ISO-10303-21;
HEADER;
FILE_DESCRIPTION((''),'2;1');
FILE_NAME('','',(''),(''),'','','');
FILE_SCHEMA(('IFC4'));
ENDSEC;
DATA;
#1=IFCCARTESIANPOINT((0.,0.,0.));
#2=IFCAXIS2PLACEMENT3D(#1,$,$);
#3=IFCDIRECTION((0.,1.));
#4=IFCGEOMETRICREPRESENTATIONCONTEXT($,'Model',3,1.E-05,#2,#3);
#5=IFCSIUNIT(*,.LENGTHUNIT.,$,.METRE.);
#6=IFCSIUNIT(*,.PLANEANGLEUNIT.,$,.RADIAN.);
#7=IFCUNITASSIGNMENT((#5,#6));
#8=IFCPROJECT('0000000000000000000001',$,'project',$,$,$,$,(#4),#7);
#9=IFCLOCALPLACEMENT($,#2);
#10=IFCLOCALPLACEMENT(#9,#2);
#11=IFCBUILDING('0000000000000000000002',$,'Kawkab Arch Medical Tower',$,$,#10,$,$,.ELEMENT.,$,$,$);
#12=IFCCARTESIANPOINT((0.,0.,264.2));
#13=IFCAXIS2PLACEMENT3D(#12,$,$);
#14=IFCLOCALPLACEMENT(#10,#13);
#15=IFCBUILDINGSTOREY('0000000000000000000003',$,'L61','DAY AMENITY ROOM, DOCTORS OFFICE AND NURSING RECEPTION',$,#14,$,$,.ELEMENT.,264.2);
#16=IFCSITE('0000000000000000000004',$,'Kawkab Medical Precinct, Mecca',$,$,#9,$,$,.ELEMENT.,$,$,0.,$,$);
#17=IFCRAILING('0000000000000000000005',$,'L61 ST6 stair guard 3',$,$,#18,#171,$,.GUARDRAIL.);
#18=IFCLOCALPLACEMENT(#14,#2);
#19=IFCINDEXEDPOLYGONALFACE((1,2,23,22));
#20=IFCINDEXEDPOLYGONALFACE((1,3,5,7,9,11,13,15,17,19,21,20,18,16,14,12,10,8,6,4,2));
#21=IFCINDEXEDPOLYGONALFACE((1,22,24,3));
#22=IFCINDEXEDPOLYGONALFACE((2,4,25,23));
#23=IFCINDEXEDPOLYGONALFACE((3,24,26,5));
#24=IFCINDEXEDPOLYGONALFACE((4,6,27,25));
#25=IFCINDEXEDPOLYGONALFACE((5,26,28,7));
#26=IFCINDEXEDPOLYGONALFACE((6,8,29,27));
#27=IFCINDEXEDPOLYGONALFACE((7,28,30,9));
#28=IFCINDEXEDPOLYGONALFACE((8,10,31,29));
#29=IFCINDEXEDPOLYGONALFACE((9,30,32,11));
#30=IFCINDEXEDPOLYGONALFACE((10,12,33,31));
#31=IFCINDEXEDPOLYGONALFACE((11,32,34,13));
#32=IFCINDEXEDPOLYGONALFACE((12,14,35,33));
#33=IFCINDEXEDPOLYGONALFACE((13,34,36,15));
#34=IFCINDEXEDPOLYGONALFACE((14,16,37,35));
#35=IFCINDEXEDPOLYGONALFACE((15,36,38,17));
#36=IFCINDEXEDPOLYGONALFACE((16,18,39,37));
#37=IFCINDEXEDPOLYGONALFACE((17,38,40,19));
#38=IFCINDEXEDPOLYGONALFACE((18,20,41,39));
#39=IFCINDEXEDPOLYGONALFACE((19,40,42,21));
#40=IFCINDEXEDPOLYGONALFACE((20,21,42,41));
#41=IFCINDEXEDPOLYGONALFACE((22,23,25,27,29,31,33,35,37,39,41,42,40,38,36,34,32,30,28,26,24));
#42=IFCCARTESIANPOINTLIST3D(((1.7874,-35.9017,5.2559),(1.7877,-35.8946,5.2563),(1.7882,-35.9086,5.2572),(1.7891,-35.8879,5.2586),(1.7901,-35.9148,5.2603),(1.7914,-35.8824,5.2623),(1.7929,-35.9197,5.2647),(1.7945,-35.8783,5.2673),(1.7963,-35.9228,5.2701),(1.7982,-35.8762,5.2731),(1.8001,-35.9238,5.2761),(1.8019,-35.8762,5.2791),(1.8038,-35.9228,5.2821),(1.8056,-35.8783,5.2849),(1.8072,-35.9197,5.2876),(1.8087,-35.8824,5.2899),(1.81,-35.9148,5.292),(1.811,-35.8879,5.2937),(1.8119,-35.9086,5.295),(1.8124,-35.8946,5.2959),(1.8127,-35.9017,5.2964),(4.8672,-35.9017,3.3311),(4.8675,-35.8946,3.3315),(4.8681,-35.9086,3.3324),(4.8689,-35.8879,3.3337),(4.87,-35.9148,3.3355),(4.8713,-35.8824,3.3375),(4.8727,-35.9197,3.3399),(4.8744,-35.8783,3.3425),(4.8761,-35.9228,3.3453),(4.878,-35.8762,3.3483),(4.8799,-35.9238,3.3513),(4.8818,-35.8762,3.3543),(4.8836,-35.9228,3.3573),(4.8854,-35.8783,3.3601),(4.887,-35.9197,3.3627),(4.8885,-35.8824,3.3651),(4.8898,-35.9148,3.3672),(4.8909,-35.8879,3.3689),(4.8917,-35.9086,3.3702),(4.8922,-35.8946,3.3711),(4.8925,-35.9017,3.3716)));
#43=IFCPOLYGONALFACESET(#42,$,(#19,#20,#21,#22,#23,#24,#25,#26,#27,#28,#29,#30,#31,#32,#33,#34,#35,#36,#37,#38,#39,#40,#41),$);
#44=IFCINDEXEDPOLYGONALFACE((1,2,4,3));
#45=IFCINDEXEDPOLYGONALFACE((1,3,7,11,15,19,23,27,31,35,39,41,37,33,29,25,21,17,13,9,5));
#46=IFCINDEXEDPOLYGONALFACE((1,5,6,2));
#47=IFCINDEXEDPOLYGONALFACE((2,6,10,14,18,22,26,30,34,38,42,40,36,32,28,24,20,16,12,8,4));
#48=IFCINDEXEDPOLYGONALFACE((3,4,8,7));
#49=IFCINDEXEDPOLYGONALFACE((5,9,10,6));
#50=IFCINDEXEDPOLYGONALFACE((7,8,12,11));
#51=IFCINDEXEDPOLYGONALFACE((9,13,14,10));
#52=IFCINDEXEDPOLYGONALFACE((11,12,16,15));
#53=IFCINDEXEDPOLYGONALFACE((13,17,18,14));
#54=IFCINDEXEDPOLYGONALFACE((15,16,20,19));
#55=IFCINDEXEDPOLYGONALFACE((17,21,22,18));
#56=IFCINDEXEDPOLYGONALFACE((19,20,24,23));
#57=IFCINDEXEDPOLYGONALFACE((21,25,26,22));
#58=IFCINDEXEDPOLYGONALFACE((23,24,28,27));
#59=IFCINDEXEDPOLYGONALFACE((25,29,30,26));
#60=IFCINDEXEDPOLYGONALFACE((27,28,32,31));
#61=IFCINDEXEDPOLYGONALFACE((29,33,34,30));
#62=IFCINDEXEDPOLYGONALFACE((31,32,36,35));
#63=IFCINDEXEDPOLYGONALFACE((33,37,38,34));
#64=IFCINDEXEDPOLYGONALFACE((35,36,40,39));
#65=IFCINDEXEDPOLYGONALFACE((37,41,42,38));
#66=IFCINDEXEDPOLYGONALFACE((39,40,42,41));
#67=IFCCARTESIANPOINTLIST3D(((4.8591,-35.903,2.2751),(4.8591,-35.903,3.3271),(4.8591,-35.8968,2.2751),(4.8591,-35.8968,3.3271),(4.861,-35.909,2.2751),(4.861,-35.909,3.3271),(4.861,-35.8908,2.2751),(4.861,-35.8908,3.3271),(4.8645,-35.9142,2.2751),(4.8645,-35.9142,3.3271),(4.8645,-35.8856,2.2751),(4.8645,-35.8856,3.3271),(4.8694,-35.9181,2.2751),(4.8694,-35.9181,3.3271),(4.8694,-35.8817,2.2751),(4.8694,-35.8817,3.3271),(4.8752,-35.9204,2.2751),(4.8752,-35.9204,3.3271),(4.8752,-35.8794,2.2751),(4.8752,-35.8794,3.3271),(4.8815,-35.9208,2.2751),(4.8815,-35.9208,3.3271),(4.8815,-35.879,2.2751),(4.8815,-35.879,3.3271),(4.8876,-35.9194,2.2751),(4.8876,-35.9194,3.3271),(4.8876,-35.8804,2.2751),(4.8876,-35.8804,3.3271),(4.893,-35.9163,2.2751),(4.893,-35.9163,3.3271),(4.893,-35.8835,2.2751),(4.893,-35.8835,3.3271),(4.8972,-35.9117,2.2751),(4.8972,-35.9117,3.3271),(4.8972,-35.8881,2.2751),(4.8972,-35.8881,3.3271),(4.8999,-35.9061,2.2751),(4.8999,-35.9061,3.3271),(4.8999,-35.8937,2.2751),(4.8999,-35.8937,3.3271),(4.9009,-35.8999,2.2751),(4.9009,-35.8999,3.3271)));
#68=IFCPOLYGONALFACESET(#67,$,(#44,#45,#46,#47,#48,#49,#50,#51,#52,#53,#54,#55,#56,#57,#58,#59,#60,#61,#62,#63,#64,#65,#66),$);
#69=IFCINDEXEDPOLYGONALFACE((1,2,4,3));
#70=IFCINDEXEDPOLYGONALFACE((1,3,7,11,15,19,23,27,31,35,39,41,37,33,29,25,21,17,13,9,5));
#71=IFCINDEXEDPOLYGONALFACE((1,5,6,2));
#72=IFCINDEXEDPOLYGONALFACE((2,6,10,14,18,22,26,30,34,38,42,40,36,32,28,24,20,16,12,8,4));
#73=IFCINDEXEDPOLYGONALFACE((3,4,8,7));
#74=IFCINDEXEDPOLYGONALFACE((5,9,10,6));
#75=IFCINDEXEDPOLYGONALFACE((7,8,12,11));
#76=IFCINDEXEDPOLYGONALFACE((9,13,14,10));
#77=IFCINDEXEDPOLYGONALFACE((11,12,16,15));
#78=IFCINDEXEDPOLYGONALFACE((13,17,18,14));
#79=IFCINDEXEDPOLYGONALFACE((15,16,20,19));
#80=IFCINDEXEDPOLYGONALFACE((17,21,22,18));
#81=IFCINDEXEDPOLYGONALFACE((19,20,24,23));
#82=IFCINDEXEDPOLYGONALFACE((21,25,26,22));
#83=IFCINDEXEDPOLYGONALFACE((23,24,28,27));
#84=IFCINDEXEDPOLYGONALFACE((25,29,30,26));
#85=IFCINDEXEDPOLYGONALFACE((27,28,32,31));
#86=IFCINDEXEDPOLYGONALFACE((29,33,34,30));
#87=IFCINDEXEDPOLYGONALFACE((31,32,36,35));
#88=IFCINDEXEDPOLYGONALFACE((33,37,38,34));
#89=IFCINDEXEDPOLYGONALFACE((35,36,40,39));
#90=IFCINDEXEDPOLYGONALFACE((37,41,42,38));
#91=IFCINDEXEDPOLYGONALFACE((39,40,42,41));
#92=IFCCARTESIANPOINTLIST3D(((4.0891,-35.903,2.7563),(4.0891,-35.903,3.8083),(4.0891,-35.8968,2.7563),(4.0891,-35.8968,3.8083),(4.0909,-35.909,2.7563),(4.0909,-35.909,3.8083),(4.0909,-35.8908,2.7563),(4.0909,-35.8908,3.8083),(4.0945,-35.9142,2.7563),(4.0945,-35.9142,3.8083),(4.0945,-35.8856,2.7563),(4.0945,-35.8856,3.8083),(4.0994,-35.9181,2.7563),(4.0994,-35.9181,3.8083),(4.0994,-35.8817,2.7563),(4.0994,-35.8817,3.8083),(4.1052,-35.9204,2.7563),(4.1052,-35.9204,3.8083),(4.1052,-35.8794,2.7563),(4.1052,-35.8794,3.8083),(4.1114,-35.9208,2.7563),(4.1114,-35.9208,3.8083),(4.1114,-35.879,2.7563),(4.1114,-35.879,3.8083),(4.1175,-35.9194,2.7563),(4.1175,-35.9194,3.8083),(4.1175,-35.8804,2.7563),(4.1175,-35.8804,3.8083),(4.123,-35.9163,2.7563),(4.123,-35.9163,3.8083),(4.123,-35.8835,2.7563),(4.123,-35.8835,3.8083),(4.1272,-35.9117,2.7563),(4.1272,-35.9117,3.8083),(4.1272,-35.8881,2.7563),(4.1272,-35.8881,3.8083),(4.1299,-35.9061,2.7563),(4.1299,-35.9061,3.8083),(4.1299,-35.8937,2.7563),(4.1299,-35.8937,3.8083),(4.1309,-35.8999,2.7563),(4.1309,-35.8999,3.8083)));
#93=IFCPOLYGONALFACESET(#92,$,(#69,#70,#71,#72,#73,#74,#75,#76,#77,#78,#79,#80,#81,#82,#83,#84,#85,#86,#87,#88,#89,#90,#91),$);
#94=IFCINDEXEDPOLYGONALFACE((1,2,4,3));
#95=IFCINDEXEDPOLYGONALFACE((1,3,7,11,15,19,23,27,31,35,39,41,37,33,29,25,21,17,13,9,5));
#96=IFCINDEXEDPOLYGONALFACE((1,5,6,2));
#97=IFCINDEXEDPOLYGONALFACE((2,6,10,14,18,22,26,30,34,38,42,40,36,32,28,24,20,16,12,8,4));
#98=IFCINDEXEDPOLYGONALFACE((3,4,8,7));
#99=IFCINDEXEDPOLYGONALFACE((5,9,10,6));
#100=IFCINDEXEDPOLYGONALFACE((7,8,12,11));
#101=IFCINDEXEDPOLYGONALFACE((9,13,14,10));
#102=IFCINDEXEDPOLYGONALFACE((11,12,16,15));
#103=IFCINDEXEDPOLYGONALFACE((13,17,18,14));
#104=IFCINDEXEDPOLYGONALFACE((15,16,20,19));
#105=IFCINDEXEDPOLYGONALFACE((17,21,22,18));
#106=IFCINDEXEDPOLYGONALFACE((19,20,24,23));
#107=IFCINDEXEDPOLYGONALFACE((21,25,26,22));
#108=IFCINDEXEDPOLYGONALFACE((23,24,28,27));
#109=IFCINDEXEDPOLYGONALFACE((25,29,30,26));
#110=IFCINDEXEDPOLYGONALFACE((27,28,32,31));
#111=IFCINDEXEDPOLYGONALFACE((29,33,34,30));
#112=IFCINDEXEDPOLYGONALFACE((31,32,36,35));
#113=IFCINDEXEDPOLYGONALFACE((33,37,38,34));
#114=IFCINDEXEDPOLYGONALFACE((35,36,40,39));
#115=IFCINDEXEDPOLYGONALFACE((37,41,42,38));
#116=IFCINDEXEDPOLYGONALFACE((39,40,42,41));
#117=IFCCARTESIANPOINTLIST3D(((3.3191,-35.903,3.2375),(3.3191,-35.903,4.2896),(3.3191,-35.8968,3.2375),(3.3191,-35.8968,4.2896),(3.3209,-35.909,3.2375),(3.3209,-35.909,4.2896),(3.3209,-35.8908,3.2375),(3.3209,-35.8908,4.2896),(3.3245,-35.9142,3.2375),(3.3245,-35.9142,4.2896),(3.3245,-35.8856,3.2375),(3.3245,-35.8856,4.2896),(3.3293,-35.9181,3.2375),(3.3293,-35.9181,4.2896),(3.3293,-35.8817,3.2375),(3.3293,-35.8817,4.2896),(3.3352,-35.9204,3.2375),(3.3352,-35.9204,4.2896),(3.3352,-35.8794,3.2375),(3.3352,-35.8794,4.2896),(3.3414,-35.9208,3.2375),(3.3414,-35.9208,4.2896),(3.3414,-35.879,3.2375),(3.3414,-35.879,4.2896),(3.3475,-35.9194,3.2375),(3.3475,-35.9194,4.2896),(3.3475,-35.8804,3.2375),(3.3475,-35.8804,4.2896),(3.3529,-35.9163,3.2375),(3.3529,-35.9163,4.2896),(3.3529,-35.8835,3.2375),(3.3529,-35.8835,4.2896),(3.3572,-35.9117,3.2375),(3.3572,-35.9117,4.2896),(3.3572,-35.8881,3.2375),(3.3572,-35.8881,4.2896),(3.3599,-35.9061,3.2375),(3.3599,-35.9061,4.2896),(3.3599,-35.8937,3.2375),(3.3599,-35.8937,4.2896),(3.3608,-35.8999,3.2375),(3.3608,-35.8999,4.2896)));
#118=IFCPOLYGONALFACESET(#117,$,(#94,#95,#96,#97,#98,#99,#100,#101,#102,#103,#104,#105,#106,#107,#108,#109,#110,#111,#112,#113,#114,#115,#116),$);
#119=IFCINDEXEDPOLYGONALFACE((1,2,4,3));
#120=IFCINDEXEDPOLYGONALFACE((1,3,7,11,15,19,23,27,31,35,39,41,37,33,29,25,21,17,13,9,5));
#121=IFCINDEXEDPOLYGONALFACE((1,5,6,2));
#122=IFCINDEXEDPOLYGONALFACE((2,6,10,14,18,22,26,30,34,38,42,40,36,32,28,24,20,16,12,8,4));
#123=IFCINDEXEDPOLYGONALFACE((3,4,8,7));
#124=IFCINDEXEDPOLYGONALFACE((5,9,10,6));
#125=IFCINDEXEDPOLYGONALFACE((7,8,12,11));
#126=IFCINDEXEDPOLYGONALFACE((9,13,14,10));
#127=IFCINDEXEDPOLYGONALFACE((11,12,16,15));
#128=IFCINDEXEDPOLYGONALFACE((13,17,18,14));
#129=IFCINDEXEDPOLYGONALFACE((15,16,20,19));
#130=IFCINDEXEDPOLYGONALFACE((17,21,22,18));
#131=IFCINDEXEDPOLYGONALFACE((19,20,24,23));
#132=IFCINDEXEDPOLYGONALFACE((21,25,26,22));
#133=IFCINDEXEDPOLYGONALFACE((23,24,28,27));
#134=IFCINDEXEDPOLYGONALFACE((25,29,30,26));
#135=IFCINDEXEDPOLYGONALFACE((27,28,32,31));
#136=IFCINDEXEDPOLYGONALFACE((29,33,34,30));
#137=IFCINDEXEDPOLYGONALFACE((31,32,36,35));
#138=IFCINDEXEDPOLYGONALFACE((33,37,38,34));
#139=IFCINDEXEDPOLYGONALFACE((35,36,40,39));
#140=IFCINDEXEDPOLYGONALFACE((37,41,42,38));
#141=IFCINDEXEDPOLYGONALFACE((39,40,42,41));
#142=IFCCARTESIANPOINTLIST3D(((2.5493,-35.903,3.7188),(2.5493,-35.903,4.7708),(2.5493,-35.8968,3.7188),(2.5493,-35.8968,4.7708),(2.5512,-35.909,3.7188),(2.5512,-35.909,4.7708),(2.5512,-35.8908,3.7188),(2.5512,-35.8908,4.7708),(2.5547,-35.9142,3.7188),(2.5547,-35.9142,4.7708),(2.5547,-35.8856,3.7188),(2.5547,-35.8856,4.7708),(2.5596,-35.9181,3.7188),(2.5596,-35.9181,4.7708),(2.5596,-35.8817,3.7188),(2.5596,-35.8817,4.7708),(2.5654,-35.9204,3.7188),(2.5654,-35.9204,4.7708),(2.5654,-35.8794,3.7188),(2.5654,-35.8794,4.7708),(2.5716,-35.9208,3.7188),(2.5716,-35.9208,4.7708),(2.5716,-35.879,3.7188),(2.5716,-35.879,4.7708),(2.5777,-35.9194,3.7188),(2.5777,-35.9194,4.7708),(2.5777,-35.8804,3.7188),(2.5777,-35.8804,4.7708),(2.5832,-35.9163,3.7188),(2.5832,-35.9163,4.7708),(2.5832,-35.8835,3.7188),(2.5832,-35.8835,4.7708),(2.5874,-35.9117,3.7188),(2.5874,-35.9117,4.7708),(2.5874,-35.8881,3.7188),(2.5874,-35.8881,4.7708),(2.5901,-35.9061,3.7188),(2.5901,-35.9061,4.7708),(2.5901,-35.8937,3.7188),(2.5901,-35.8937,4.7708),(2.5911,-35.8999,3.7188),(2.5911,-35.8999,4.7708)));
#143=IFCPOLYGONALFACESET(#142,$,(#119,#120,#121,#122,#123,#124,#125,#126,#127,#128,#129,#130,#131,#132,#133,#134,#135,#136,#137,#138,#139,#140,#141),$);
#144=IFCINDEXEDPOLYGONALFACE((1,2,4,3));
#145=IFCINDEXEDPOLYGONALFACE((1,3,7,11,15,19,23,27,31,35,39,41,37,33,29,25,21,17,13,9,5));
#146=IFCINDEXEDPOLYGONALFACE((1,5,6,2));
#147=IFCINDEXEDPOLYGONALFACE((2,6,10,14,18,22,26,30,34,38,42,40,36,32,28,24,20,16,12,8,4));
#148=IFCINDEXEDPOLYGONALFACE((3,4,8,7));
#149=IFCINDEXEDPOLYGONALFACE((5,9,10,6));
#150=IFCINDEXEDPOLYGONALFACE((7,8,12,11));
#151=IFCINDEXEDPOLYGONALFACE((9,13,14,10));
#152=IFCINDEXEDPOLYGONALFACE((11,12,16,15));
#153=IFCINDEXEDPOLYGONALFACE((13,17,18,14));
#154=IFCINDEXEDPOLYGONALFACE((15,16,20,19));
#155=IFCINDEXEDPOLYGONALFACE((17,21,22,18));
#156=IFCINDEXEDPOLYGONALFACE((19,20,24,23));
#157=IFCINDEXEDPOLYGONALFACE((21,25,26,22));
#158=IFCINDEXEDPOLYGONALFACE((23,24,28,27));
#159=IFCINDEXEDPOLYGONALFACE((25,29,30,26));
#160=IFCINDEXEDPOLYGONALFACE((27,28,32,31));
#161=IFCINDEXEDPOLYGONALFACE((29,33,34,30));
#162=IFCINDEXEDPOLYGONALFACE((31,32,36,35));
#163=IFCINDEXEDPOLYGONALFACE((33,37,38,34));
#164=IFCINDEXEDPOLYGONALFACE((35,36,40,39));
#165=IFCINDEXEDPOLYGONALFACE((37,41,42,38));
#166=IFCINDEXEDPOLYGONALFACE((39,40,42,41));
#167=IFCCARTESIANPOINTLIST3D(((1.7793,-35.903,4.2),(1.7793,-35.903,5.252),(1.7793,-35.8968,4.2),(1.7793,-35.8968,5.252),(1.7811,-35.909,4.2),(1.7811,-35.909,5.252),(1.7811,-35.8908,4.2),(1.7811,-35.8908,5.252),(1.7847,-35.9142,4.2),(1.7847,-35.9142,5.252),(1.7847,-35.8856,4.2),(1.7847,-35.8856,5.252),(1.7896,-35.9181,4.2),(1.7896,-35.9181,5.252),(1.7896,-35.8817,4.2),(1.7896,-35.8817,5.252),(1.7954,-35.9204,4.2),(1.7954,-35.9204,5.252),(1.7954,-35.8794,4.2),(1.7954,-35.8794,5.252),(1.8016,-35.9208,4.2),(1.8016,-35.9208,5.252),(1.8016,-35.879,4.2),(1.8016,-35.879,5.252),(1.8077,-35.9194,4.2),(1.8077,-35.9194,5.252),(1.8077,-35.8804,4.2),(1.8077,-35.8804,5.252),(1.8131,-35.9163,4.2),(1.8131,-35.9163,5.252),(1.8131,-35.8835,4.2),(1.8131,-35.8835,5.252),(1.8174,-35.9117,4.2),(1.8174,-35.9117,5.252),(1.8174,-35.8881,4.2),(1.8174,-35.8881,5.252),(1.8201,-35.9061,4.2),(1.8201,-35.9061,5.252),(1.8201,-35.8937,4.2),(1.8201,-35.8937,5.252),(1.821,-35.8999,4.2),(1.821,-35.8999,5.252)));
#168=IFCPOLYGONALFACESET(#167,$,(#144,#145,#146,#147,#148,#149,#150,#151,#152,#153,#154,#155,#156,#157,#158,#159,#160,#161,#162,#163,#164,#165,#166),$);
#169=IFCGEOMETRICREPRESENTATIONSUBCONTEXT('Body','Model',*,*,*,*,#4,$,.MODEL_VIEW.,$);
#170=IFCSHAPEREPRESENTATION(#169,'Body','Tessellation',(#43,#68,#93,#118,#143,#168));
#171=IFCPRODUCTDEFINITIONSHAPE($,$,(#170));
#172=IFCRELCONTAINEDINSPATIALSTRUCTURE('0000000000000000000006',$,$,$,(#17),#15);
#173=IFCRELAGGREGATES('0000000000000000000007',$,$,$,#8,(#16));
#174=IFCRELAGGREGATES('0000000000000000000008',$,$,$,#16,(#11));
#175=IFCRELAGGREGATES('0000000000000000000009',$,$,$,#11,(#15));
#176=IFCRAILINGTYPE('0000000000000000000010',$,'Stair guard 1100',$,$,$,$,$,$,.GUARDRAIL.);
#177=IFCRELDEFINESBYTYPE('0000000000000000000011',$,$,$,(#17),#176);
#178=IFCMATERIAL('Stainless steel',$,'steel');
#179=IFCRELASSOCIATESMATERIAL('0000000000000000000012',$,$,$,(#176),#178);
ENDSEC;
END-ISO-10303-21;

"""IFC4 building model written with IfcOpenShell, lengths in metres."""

from ifc_helpers import new_model, si_unit, direction, frame, origin, origin_2d, place, context, subcontext, project, spatial, circle, extrude, material, type_object, element, save


model = new_model("IFC4")

# Units and contexts
model_context = context("Model", 3, precision=1e-05, world=origin(), true_north=direction((0.0, 1.0)))
body_context = subcontext(model_context, "Body", "Model", "MODEL_VIEW")
ifc_project = project(units=[si_unit("LENGTHUNIT", "METRE"), si_unit("PLANEANGLEUNIT", "RADIAN")], contexts=[model_context])

# Site, building, storey
site_placement = place(None, origin())
site = spatial("IfcSite", under=ifc_project, at=site_placement, Name="Kawkab Medical Precinct, Mecca", CompositionType="ELEMENT", RefElevation=0.0)
building_placement = place(site_placement, origin())
building = spatial("IfcBuilding", under=site, at=building_placement, Name="Kawkab Arch Medical Tower", CompositionType="ELEMENT")
storey_placement = place(building_placement, frame((0.0, 0.0, 264.2)))
storey = spatial("IfcBuildingStorey", under=building, at=storey_placement, Name="L61", Description="DAY AMENITY ROOM, DOCTORS OFFICE AND NURSING RECEPTION", CompositionType="ELEMENT", Elevation=264.2)

# Railing
ifc_material_1 = material(Name="Stainless steel", Category="steel")
railing_type = type_object("IfcRailingType", Name="Stair guard 1100", PredefinedType="GUARDRAIL", material=ifc_material_1)
railing_1_placement = place(storey_placement, frame((4.8799, -35.8999, 2.2751)))
element("IfcRailing", 1, at=railing_1_placement, inside=storey, type_object=railing_type, Name="L61 ST6 stair guard 3", PredefinedType="GUARDRAIL", context=body_context, shape_type="SweptSolid", body=[
    extrude(circle(Radius=0.0239, at=origin_2d()), frame((0.0, 0.0, 1.0762), z_axis=(-0.84801, 0.0, 0.529981), x_axis=(0.0, -1.0, 0.0)), (0.0, 0.0, 1.0), 3.6318),
    extrude(circle(Radius=0.021, at=origin_2d()), origin(), (0.0, 0.0, 1.0), 1.052),
    extrude(circle(Radius=0.021, at=origin_2d()), frame((-0.77, 0.0, 0.4812)), (0.0, 0.0, 1.0), 1.052),
    extrude(circle(Radius=0.021, at=origin_2d()), frame((-1.54, 0.0, 0.9624)), (0.0, 0.0, 1.0), 1.052),
    extrude(circle(Radius=0.021, at=origin_2d()), frame((-2.3098, 0.0, 1.4436)), (0.0, 0.0, 1.0), 1.052),
    extrude(circle(Radius=0.021, at=origin_2d()), frame((-3.0798, 0.0, 1.9248)), (0.0, 0.0, 1.0), 1.052),
])

save(model, "model.ifc")
